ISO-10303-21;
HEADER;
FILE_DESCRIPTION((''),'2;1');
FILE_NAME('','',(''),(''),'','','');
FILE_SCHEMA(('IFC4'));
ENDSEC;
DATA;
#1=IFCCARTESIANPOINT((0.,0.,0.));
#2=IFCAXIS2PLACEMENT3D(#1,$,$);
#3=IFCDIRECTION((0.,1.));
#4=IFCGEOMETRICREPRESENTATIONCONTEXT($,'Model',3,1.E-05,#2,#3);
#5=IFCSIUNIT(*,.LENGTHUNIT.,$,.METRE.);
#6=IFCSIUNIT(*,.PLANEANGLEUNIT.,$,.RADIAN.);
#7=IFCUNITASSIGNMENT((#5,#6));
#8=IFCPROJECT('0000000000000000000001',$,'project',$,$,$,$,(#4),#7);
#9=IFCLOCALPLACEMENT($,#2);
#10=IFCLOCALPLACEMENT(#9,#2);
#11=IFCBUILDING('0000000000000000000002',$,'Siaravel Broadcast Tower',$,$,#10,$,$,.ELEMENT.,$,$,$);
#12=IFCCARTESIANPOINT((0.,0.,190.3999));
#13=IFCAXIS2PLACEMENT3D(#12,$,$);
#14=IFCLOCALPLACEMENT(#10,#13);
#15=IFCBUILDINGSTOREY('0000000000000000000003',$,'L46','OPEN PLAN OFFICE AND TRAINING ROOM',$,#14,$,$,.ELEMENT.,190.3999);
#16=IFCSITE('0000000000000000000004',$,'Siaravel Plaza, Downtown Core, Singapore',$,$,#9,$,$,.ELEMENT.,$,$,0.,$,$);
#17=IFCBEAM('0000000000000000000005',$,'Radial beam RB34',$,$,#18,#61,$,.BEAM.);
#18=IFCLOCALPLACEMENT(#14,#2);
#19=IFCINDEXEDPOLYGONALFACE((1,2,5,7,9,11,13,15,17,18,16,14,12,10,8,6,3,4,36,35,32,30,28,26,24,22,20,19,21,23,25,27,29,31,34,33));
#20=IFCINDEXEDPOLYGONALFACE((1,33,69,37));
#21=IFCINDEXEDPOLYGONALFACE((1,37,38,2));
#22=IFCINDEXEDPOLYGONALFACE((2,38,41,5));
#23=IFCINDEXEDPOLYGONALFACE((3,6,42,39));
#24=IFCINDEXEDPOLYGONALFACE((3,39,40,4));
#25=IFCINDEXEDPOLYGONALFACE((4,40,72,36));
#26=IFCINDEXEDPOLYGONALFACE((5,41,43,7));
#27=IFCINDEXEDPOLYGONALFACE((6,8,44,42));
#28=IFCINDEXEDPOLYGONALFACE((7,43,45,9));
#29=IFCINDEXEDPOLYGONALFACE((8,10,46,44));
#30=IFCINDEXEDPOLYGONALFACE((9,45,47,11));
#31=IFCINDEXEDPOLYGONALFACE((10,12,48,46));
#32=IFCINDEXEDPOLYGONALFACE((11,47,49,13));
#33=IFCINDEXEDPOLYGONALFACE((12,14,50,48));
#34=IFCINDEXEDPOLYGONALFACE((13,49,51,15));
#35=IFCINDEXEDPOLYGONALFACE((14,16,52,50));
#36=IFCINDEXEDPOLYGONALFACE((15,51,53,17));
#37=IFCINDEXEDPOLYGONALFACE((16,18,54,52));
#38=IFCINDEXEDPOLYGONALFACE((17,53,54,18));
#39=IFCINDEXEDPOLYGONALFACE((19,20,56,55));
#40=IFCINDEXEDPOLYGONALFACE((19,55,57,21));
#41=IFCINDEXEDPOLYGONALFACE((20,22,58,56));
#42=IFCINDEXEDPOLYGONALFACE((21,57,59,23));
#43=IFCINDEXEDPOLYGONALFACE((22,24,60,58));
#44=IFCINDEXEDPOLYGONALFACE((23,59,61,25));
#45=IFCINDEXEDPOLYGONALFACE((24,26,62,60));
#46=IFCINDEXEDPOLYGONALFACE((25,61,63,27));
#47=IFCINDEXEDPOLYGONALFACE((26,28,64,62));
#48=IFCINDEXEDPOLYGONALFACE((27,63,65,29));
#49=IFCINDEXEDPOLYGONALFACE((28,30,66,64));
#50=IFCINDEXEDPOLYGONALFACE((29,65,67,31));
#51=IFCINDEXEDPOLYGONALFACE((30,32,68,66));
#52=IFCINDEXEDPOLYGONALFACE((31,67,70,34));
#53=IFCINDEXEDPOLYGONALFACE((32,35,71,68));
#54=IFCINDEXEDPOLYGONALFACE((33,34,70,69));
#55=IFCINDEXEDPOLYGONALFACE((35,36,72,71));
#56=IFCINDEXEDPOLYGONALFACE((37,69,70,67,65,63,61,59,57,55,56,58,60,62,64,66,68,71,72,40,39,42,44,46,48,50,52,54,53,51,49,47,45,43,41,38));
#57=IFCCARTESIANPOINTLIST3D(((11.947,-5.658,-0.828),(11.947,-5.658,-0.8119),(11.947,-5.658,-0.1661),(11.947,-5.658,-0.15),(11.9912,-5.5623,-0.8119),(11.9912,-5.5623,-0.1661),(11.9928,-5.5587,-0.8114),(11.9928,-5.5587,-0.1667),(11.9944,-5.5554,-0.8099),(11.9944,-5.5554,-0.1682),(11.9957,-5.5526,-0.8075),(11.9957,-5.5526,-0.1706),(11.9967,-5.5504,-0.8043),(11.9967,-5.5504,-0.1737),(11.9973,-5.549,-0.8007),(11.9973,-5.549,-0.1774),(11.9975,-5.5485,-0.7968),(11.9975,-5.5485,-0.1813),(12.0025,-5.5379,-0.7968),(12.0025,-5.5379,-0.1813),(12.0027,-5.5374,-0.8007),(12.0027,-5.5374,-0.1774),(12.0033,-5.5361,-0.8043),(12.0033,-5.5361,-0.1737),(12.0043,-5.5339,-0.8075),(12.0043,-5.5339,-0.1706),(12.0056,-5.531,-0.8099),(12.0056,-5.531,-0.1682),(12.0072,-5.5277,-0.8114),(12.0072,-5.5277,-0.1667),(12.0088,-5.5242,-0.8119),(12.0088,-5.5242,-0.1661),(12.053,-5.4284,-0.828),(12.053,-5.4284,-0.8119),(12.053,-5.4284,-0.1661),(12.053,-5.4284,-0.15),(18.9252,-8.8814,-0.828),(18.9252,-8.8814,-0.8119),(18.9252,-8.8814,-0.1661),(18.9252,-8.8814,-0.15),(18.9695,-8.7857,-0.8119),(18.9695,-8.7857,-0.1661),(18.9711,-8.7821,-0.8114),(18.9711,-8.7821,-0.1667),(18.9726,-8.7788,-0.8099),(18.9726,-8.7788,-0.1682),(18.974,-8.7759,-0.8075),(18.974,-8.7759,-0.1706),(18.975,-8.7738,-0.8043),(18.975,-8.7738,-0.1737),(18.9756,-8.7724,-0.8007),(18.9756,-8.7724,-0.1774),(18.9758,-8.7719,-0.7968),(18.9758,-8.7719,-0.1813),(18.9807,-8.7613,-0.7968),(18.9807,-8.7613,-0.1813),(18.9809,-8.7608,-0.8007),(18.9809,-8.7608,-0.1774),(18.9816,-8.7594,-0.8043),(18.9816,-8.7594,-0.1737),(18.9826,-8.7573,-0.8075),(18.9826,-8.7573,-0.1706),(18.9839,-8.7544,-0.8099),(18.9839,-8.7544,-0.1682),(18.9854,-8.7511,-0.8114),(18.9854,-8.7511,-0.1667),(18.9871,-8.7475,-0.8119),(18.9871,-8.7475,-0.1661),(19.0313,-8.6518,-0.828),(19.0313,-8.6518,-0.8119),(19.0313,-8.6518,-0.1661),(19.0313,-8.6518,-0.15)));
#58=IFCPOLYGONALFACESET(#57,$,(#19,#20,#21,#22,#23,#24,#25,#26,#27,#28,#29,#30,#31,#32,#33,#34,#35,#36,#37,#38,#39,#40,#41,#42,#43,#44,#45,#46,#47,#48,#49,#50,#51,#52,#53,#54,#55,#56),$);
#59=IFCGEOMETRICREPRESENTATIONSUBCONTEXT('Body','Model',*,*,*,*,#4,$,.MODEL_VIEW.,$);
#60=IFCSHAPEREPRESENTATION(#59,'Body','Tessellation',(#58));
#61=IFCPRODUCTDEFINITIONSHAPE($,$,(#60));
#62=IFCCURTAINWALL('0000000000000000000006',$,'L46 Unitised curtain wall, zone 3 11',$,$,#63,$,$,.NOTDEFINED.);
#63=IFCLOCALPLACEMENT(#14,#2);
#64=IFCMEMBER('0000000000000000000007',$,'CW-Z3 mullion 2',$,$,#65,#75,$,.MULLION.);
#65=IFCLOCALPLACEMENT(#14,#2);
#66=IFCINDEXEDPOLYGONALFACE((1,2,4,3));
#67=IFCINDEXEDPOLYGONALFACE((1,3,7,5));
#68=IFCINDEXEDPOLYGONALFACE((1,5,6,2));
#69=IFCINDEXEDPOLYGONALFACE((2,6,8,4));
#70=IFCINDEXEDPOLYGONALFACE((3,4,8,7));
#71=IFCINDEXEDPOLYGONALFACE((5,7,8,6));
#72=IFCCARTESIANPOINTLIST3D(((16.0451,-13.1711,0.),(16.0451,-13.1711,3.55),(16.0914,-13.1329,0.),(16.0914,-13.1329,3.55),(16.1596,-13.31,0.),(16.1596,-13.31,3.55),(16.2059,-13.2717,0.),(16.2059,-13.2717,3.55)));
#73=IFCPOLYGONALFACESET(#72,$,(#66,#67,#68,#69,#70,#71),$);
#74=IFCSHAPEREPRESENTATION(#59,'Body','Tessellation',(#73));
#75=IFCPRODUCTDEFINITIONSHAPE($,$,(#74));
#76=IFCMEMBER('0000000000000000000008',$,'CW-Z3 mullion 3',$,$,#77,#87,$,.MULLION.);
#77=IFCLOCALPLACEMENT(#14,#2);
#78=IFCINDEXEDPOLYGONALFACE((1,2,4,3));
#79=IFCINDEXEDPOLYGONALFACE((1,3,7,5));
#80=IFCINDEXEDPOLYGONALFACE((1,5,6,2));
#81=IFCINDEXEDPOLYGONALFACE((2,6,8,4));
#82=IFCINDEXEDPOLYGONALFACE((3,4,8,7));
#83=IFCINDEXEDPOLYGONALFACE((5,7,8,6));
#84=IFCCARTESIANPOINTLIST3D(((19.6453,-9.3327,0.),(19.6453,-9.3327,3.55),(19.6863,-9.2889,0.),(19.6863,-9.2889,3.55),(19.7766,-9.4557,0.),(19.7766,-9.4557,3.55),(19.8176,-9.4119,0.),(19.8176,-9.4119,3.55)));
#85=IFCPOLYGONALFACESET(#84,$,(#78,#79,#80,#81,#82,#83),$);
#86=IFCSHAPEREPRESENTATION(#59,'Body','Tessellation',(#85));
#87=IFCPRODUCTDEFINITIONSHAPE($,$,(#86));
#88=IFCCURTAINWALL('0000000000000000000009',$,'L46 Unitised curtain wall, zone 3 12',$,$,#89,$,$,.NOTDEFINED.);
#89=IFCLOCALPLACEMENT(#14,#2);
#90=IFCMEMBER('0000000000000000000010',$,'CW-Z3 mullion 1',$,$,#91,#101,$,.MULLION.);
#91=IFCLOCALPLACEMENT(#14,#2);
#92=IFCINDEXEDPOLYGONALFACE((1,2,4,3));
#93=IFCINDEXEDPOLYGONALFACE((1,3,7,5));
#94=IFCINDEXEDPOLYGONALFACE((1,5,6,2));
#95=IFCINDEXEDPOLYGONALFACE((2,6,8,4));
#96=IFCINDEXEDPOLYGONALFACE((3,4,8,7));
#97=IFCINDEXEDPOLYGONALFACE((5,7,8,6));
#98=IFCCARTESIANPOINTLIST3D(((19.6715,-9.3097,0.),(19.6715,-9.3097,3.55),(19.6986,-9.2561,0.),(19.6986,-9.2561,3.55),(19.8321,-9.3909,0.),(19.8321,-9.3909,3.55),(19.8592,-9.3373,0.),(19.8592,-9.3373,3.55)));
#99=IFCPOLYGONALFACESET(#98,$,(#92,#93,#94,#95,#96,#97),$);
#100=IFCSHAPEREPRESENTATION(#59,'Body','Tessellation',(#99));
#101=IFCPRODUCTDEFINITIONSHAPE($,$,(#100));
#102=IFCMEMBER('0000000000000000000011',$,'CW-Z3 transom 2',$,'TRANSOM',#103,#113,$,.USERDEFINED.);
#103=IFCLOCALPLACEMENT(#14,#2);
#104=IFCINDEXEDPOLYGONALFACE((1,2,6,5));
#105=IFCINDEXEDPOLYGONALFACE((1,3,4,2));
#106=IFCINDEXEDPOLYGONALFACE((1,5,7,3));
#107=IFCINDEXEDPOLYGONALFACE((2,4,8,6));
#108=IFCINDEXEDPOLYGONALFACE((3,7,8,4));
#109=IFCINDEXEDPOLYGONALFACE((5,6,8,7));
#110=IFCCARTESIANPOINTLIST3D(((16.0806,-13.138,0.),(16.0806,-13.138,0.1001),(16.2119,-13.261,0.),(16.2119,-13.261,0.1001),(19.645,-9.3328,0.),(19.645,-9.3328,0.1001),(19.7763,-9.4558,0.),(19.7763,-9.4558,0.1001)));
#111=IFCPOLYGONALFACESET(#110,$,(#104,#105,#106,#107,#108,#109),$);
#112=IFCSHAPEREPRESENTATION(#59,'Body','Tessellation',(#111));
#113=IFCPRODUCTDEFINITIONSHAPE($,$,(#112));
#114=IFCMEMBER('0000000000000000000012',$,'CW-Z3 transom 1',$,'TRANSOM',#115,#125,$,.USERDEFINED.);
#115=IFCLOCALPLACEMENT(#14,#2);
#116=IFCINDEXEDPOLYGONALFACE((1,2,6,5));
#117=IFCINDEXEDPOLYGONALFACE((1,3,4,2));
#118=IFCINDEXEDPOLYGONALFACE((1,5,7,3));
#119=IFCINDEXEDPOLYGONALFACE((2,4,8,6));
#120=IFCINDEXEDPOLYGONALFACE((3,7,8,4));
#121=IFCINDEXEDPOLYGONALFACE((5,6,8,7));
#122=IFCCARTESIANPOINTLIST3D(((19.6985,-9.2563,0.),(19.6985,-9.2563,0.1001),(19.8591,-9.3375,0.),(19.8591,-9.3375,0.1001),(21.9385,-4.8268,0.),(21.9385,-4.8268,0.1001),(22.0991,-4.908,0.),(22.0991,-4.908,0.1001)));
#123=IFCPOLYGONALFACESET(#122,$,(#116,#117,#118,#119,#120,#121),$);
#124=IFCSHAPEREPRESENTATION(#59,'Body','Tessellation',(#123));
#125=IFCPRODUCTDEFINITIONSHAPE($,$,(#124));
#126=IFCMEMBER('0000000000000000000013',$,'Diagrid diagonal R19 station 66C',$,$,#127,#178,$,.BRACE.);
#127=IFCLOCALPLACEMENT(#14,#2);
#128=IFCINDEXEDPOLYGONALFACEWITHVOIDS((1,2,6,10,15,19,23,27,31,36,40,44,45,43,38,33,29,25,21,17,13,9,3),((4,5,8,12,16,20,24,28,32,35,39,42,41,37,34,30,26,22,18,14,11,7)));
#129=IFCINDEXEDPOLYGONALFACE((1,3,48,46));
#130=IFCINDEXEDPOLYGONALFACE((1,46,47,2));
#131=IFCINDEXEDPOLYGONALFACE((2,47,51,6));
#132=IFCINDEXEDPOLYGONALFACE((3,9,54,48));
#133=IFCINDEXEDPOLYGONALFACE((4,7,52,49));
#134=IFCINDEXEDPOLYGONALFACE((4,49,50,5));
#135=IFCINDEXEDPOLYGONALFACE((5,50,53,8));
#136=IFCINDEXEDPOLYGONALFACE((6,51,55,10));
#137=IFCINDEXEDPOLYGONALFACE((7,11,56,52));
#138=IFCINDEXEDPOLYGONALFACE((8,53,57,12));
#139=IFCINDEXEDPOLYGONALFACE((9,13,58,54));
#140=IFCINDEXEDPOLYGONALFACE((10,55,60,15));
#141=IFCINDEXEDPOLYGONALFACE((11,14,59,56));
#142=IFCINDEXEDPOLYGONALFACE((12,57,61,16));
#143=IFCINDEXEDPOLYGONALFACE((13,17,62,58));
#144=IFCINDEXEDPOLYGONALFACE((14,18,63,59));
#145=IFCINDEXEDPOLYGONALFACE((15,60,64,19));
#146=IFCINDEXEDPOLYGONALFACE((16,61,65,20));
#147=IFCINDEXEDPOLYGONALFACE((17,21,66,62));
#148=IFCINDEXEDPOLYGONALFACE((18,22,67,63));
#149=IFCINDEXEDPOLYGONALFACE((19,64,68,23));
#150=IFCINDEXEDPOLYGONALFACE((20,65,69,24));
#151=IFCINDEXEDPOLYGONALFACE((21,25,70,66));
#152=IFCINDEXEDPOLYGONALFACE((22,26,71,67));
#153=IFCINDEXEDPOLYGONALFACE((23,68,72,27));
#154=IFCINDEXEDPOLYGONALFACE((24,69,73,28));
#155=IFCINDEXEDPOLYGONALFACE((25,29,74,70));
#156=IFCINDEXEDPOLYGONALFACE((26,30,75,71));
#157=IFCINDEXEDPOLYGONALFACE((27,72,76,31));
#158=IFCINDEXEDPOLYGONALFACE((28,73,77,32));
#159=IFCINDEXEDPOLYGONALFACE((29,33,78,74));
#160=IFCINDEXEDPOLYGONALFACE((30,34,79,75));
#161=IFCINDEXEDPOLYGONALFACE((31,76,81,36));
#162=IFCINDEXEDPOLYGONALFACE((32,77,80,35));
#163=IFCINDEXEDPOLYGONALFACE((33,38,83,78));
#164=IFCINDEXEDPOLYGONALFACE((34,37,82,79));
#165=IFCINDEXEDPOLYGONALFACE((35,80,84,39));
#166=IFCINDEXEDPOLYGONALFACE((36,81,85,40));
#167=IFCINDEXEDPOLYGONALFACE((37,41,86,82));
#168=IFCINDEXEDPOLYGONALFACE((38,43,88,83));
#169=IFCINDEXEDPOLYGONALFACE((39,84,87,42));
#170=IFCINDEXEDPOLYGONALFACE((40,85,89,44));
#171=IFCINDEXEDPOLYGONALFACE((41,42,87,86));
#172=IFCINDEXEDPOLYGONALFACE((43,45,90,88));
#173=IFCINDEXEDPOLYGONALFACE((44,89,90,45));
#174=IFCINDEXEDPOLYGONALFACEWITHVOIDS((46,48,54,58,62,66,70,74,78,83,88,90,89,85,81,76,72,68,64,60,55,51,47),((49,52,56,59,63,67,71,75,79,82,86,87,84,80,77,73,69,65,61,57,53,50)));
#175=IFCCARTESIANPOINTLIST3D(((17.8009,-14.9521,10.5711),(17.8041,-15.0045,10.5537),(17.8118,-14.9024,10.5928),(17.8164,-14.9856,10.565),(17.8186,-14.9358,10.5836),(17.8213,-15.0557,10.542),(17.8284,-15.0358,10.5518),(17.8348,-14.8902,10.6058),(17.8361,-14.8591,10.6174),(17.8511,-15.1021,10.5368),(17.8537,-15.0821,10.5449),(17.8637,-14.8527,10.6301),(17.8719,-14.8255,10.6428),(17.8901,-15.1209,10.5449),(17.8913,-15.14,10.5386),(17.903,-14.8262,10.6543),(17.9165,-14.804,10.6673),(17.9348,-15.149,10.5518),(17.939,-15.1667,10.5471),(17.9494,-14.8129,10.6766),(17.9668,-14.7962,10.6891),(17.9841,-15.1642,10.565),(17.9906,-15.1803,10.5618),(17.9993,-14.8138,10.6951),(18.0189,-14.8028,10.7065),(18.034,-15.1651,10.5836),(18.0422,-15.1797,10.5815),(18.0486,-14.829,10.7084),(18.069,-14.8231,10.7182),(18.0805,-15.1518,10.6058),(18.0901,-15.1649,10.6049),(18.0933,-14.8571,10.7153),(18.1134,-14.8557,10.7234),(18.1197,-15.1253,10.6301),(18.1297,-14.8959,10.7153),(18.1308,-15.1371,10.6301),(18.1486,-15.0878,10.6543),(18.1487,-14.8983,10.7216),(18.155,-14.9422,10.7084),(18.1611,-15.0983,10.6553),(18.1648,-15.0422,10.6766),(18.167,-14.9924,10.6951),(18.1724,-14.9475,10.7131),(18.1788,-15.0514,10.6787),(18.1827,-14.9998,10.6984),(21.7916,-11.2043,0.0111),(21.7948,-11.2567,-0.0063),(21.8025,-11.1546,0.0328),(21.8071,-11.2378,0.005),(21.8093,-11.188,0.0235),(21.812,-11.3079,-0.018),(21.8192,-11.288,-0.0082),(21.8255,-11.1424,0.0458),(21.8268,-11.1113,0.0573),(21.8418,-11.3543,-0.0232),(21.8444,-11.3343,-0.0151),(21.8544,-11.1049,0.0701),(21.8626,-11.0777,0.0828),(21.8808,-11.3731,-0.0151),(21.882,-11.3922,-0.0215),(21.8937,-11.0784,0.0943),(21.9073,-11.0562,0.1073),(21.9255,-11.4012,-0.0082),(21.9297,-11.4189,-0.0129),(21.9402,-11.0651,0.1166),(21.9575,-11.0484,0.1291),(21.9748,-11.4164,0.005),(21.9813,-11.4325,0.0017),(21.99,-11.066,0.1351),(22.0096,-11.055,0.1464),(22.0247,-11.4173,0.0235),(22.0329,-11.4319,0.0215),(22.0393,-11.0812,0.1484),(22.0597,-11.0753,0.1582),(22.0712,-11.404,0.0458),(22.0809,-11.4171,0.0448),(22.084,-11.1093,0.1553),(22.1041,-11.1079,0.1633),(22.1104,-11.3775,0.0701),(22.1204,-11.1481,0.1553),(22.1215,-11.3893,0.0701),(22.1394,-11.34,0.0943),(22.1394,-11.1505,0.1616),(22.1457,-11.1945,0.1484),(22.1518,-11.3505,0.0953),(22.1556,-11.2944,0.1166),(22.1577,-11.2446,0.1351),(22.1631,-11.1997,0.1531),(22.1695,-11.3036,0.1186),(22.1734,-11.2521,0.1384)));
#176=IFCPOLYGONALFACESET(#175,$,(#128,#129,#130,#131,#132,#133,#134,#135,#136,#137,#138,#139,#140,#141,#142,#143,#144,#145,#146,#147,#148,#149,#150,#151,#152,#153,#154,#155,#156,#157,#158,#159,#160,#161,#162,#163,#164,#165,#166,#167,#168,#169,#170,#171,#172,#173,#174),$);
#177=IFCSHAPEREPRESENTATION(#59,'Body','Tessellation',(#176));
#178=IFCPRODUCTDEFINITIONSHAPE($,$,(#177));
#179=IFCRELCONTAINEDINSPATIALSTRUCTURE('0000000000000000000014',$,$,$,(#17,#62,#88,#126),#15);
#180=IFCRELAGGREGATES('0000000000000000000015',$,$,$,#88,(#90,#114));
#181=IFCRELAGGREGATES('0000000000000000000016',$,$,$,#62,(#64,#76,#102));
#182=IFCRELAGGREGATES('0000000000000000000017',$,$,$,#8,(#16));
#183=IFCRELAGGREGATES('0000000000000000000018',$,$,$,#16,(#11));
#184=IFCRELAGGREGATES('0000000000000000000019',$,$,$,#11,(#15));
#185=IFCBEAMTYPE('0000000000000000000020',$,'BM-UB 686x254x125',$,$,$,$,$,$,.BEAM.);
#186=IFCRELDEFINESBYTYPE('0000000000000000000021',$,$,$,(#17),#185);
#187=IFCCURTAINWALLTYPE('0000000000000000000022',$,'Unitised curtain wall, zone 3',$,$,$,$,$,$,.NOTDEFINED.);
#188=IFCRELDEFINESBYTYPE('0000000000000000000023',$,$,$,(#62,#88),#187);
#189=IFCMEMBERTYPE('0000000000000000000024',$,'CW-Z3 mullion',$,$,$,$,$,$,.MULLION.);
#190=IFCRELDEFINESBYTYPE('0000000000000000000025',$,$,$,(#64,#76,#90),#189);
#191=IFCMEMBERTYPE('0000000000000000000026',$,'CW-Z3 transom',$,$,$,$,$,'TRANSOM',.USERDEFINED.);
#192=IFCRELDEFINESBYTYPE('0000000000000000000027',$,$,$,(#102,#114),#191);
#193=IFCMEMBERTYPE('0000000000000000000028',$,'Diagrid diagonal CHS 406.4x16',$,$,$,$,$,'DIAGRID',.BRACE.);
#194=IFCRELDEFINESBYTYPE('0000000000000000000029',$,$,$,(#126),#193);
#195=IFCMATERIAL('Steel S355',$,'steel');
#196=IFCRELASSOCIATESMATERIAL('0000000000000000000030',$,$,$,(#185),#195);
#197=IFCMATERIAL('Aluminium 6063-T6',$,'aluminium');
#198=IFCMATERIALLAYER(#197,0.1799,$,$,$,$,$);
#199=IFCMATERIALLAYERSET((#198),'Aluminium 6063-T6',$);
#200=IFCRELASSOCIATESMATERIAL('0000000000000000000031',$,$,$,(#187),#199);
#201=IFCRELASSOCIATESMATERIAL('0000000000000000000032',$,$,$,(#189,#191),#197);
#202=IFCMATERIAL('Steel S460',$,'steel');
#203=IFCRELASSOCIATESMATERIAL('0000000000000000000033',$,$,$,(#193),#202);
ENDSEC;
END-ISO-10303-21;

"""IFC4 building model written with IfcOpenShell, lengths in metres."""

from ifc_helpers import new_model, si_unit, direction, frame, origin, origin_2d, place, context, subcontext, project, spatial, rectangle, hollow_circle, i_section, extrude, material, layer, layer_set, material_profile, profile_set, type_object, element, aggregate, save


model = new_model("IFC4")

# Units and contexts
model_context = context("Model", 3, precision=1e-05, world=origin(), true_north=direction((0.0, 1.0)))
body_context = subcontext(model_context, "Body", "Model", "MODEL_VIEW")
ifc_project = project(units=[si_unit("LENGTHUNIT", "METRE"), si_unit("PLANEANGLEUNIT", "RADIAN")], contexts=[model_context])

# Site, building, storey
site_placement = place(None, origin())
site = spatial("IfcSite", under=ifc_project, at=site_placement, Name="Siaravel Plaza, Downtown Core, Singapore", CompositionType="ELEMENT", RefElevation=0.0)
building_placement = place(site_placement, origin())
building = spatial("IfcBuilding", under=site, at=building_placement, Name="Siaravel Broadcast Tower", CompositionType="ELEMENT")
storey_placement = place(building_placement, frame((0.0, 0.0, 190.3999)))
storey = spatial("IfcBuildingStorey", under=building, at=storey_placement, Name="L46", Description="OPEN PLAN OFFICE AND TRAINING ROOM", CompositionType="ELEMENT", Elevation=190.3999)

# Beam
ifc_material_1 = material(Name="Steel S355", Category="steel")
ifc_material_profile_1 = material_profile(ifc_material_1, i_section(OverallWidth=0.2529, OverallDepth=0.678, WebThickness=0.0117, FlangeThickness=0.0161, FilletRadius=0.0151, at=origin_2d()))
ifc_profile_set_1 = profile_set([ifc_material_profile_1], Name="Steel S355")
beam_type = type_object("IfcBeamType", Name="BM-UB 686x254x125", PredefinedType="BEAM", material=ifc_profile_set_1)
beam_1_placement = place(storey_placement, frame((18.9783, -8.7666, -0.489), z_axis=(-0.907828, 0.419342, 0.0), x_axis=(-0.419342, -0.907828, 0.0)))
element("IfcBeam", 1, at=beam_1_placement, inside=storey, type_object=beam_type, Name="Radial beam RB34", PredefinedType="BEAM", context=body_context, shape_type="SweptSolid", body=[
    extrude(i_section(OverallWidth=0.2529, OverallDepth=0.678, WebThickness=0.0117, FlangeThickness=0.0161, FilletRadius=0.0151, at=origin_2d()), origin(), (0.0, 0.0, 1.0), 7.6868),
])

# Curtain wall, members
ifc_material_2 = material(Name="Aluminium 6063-T6", Category="aluminium")
ifc_layer_1 = layer(ifc_material_2, 0.1799)
ifc_layer_set_1 = layer_set([ifc_layer_1], Name="Aluminium 6063-T6")
curtain_wall_type = type_object("IfcCurtainWallType", Name="Unitised curtain wall, zone 3", PredefinedType="NOTDEFINED", material=ifc_layer_set_1)
curtain_wall_1_placement = place(storey_placement, origin())
curtain_wall_1 = element("IfcCurtainWall", 2, at=curtain_wall_1_placement, inside=storey, type_object=curtain_wall_type, Name="L46 Unitised curtain wall, zone 3 11", PredefinedType="NOTDEFINED")
ifc_material_profile_2 = material_profile(ifc_material_2, rectangle(XDim=0.1799, YDim=0.0601, at=origin_2d()))
ifc_profile_set_2 = profile_set([ifc_material_profile_2], Name="Aluminium 6063-T6")
member_type_1 = type_object("IfcMemberType", Name="CW-Z3 mullion", PredefinedType="MULLION", material=ifc_profile_set_2)
member_1_placement = place(storey_placement, frame((16.1255, -13.2214, 0.0), z_axis=(0.0, 0.0, 1.0), x_axis=(-0.636219, 0.771509, 0.0)))
member_1 = element("IfcMember", 3, at=member_1_placement, type_object=member_type_1, Name="CW-Z3 mullion 2", PredefinedType="MULLION", context=body_context, shape_type="SweptSolid", body=[
    extrude(rectangle(XDim=0.1799, YDim=0.0601, at=origin_2d()), origin(), (0.0, 0.0, 1.0), 3.55),
])
member_2_placement = place(storey_placement, frame((19.7314, -9.3723, 0.0), z_axis=(0.0, 0.0, 1.0), x_axis=(-0.729805, 0.683655, 0.0)))
member_2 = element("IfcMember", 4, at=member_2_placement, type_object=member_type_1, Name="CW-Z3 mullion 3", PredefinedType="MULLION", context=body_context, shape_type="SweptSolid", body=[
    extrude(rectangle(XDim=0.1799, YDim=0.0601, at=origin_2d()), origin(), (0.0, 0.0, 1.0), 3.55),
])

# Curtain wall, member
curtain_wall_2_placement = place(storey_placement, origin())
curtain_wall_2 = element("IfcCurtainWall", 5, at=curtain_wall_2_placement, inside=storey, type_object=curtain_wall_type, Name="L46 Unitised curtain wall, zone 3 12", PredefinedType="NOTDEFINED")
member_3_placement = place(storey_placement, frame((19.7654, -9.3235, 0.0), z_axis=(0.0, 0.0, 1.0), x_axis=(-0.892392, 0.451261, 0.0)))
member_3 = element("IfcMember", 6, at=member_3_placement, type_object=member_type_1, Name="CW-Z3 mullion 1", PredefinedType="MULLION", context=body_context, shape_type="SweptSolid", body=[
    extrude(rectangle(XDim=0.1799, YDim=0.0601, at=origin_2d()), origin(), (0.0, 0.0, 1.0), 3.55),
])

# Members
ifc_material_profile_3 = material_profile(ifc_material_2, rectangle(XDim=0.1799, YDim=0.1001, at=origin_2d()))
ifc_profile_set_3 = profile_set([ifc_material_profile_3], Name="Aluminium 6063-T6")
member_type_2 = type_object("IfcMemberType", Name="CW-Z3 transom", ElementType="TRANSOM", PredefinedType="USERDEFINED", material=ifc_profile_set_3)
member_4_placement = place(storey_placement, frame((16.1462, -13.1995, 0.05), z_axis=(0.683645, 0.729815, 0.0), x_axis=(-0.729815, 0.683645, 0.0)))
member_4 = element("IfcMember", 7, at=member_4_placement, type_object=member_type_2, Name="CW-Z3 transom 2", ObjectType="TRANSOM", PredefinedType="USERDEFINED", context=body_context, shape_type="SweptSolid", body=[
    extrude(rectangle(XDim=0.1799, YDim=0.1001, at=origin_2d()), origin(), (0.0, 0.0, 1.0), 5.2139),
])
member_5_placement = place(storey_placement, frame((19.7788, -9.2969, 0.05), z_axis=(0.451282, 0.892382, 0.0), x_axis=(-0.892382, 0.451282, 0.0)))
member_5 = element("IfcMember", 8, at=member_5_placement, type_object=member_type_2, Name="CW-Z3 transom 1", ObjectType="TRANSOM", PredefinedType="USERDEFINED", context=body_context, shape_type="SweptSolid", body=[
    extrude(rectangle(XDim=0.1799, YDim=0.1001, at=origin_2d()), origin(), (0.0, 0.0, 1.0), 4.9636),
])
aggregate(curtain_wall_2, [member_3, member_5])

# Member
ifc_material_3 = material(Name="Steel S460", Category="steel")
ifc_material_profile_4 = material_profile(ifc_material_3, hollow_circle(Radius=0.2031, WallThickness=0.0161, at=origin_2d()))
ifc_profile_set_4 = profile_set([ifc_material_profile_4], Name="Steel S460")
member_type_3 = type_object("IfcMemberType", Name="Diagrid diagonal CHS 406.4x16", ElementType="DIAGRID", PredefinedType="BRACE", material=ifc_profile_set_4)
member_6_placement = place(storey_placement, frame((21.9824, -11.2412, 0.0701), z_axis=(-0.335501, -0.315079, 0.887786), x_axis=(0.684573, -0.728944, 0.0)))
element("IfcMember", 9, at=member_6_placement, inside=storey, type_object=member_type_3, Name="Diagrid diagonal R19 station 66C", PredefinedType="BRACE", context=body_context, shape_type="SweptSolid", body=[
    extrude(hollow_circle(Radius=0.2031, WallThickness=0.0161, at=origin_2d()), origin(), (0.0, 0.0, 1.0), 11.8948),
])

aggregate(curtain_wall_1, [member_1, member_2, member_4])

save(model, "model.ifc")
